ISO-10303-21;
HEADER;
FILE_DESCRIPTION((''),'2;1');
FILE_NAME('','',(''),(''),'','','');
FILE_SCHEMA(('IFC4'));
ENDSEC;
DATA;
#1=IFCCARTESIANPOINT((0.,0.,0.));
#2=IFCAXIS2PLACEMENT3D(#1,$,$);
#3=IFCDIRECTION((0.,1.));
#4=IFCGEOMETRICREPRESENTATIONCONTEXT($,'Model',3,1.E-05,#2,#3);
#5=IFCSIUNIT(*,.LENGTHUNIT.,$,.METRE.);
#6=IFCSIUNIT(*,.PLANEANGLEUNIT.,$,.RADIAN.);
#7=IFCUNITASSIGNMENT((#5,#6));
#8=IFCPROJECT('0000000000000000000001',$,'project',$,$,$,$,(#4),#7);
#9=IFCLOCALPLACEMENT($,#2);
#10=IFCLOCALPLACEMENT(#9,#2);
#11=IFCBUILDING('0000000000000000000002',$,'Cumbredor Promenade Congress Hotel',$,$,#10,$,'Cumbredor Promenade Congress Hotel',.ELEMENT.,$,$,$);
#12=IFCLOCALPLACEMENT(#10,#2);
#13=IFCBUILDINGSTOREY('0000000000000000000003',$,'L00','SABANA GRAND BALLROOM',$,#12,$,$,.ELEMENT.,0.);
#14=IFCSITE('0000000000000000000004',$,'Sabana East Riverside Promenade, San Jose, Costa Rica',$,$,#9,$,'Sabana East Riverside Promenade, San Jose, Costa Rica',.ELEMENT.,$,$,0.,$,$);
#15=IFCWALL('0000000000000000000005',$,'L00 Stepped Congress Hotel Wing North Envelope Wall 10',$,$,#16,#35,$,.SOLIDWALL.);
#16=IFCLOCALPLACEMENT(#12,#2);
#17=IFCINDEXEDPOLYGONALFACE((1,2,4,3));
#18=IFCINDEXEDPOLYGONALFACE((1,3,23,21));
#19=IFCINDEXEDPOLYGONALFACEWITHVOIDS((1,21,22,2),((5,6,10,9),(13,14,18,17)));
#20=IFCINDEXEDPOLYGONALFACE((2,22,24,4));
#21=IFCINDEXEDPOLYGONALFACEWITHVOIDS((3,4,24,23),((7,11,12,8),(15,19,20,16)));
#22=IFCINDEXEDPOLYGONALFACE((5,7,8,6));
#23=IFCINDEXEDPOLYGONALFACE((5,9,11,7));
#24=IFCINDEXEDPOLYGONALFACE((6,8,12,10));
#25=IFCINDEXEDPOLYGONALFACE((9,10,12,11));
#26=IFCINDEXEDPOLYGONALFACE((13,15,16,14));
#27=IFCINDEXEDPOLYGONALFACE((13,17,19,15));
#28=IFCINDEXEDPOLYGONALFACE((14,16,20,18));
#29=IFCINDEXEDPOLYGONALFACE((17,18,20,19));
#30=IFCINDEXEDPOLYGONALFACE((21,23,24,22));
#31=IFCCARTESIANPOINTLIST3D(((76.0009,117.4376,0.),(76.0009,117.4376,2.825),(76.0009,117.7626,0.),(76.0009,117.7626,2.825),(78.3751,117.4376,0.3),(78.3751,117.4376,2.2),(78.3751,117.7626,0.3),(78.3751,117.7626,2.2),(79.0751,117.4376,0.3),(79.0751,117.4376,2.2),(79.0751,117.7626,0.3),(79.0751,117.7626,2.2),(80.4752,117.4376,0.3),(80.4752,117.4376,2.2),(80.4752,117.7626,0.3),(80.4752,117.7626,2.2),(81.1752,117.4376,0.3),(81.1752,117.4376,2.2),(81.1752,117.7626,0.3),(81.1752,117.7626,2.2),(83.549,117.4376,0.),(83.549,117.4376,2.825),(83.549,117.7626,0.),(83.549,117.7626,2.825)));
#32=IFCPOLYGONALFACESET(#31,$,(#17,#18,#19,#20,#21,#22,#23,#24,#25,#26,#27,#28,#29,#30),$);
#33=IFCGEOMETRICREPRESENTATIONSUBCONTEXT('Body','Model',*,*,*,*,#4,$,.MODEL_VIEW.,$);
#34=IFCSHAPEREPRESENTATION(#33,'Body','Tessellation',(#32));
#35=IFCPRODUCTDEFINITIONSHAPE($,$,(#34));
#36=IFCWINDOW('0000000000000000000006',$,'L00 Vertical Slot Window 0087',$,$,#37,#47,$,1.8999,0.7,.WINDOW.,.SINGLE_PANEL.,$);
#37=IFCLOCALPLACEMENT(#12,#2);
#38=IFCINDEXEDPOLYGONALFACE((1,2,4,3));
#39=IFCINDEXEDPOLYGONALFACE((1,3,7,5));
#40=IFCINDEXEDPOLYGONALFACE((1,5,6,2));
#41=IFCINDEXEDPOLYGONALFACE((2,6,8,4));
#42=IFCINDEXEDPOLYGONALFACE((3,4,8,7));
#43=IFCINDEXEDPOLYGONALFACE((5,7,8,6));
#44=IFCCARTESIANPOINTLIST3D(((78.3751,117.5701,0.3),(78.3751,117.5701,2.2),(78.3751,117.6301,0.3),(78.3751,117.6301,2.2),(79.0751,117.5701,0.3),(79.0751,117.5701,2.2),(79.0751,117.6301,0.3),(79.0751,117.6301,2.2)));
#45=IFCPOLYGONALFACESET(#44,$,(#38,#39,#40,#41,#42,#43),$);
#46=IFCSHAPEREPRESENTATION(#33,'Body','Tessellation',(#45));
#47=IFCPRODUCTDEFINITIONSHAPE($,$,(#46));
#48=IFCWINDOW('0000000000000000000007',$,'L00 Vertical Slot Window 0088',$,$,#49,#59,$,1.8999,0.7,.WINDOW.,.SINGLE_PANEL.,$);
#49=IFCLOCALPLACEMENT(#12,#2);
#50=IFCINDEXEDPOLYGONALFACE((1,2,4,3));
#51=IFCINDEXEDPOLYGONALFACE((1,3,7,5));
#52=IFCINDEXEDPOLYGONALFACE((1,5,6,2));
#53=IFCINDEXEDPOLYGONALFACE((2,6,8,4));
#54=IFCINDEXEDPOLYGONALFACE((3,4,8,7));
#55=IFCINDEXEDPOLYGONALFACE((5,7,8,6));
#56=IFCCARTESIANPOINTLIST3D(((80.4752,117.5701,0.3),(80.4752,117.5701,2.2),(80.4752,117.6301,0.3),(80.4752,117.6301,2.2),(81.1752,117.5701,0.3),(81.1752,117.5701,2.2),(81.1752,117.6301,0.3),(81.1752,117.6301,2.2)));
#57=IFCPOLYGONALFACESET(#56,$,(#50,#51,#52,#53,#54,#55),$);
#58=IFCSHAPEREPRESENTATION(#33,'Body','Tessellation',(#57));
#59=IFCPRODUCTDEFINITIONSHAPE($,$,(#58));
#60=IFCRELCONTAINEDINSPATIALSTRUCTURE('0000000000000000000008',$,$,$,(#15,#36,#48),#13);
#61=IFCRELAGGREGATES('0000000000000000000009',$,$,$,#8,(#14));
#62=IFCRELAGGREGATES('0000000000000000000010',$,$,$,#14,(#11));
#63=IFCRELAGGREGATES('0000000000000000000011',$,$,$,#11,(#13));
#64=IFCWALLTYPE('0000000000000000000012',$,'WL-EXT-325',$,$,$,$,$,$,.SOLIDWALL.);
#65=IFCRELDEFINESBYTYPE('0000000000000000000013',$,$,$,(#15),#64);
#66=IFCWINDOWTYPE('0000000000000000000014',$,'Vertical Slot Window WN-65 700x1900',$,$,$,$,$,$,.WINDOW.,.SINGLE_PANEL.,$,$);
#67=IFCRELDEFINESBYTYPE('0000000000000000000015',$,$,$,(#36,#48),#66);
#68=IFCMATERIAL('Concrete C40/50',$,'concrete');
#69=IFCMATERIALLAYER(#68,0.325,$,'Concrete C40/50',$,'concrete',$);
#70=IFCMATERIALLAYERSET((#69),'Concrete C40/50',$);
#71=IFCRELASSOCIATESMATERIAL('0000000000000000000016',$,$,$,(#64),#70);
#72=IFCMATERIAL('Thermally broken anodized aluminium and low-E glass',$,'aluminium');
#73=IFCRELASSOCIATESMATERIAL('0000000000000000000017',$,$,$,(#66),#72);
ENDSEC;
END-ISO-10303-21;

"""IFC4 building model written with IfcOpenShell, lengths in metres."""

from ifc_helpers import new_model, si_unit, direction, frame, frame_2d, origin, place, context, subcontext, project, spatial, rectangle, extrude, material, layer, layer_set, type_object, element, fill, save


model = new_model("IFC4")

# Units and contexts
model_context = context("Model", 3, precision=1e-05, world=origin(), true_north=direction((0.0, 1.0)))
body_context = subcontext(model_context, "Body", "Model", "MODEL_VIEW")
ifc_project = project(units=[si_unit("LENGTHUNIT", "METRE"), si_unit("PLANEANGLEUNIT", "RADIAN")], contexts=[model_context])

# Site, building, storey
site_placement = place(None, origin())
site = spatial("IfcSite", under=ifc_project, at=site_placement, Name="Sabana East Riverside Promenade, San Jose, Costa Rica", LongName="Sabana East Riverside Promenade, San Jose, Costa Rica", CompositionType="ELEMENT", RefElevation=0.0)
building_placement = place(site_placement, origin())
building = spatial("IfcBuilding", under=site, at=building_placement, Name="Cumbredor Promenade Congress Hotel", LongName="Cumbredor Promenade Congress Hotel", CompositionType="ELEMENT")
storey_placement = place(building_placement, origin())
storey = spatial("IfcBuildingStorey", under=building, at=storey_placement, Name="L00", Description="SABANA GRAND BALLROOM", CompositionType="ELEMENT", Elevation=0.0)

# Shared definitions
ifc_material_1 = material(Name="Concrete C40/50", Category="concrete")

# Shared definitions
ifc_material_2 = material(Name="Thermally broken anodized aluminium and low-E glass", Category="aluminium")

# Wall, openings, windows
ifc_layer_1 = layer(ifc_material_1, 0.325, Name="Concrete C40/50", Category="concrete")
ifc_layer_set_1 = layer_set([ifc_layer_1], Name="Concrete C40/50")
wall_type_1 = type_object("IfcWallType", Name="WL-EXT-325", PredefinedType="SOLIDWALL", material=ifc_layer_set_1)
wall_1_placement = place(storey_placement, frame((76.001, 117.6001, 0.0), z_axis=(0.0, 0.0, 1.0), x_axis=(1.0, 0.0, 0.0)))
wall_1 = element("IfcWall", 1, at=wall_1_placement, inside=storey, type_object=wall_type_1, Name="L00 Stepped Congress Hotel Wing North Envelope Wall 10", PredefinedType="SOLIDWALL", context=body_context, shape_type="SweptSolid", body=[
    extrude(rectangle(XDim=7.5481, YDim=0.325, at=frame_2d((3.7739, 0.0))), origin(), (0.0, 0.0, 1.0), 2.825),
])
opening_1_placement = place(wall_1_placement, frame((2.374, 0.0, 0.3)))
opening_1 = element("IfcOpeningElement", 2, at=opening_1_placement, cuts=wall_1, PredefinedType="OPENING", context=body_context, shape_type="SweptSolid", body=[
    extrude(rectangle(XDim=0.7, YDim=1.8999, at=frame_2d((0.3501, 0.95))), frame((0.0, 0.1724, 0.0), z_axis=(0.0, -1.0, 0.0), x_axis=(1.0, 0.0, 0.0)), (0.0, 0.0, 1.0), 0.345),
])
opening_2_placement = place(wall_1_placement, frame((4.4741, 0.0, 0.3)))
opening_2 = element("IfcOpeningElement", 3, at=opening_2_placement, cuts=wall_1, PredefinedType="OPENING", context=body_context, shape_type="SweptSolid", body=[
    extrude(rectangle(XDim=0.7, YDim=1.8999, at=frame_2d((0.3501, 0.95))), frame((0.0, 0.1724, 0.0), z_axis=(0.0, -1.0, 0.0), x_axis=(1.0, 0.0, 0.0)), (0.0, 0.0, 1.0), 0.345),
])
window_type = type_object("IfcWindowType", Name="Vertical Slot Window WN-65 700x1900", PartitioningType="SINGLE_PANEL", PredefinedType="WINDOW", material=ifc_material_2)
window_1_placement = place(opening_1_placement, origin())
window_1 = element("IfcWindow", 4, at=window_1_placement, inside=storey, type_object=window_type, Name="L00 Vertical Slot Window 0087", OverallHeight=1.8999, OverallWidth=0.7, PartitioningType="SINGLE_PANEL", PredefinedType="WINDOW", context=body_context, shape_type="SweptSolid", body=[
    extrude(rectangle(XDim=0.7, YDim=1.8999, at=frame_2d((0.3501, 0.95))), frame((0.0, 0.03, 0.0), z_axis=(0.0, -1.0, 0.0), x_axis=(1.0, 0.0, 0.0)), (0.0, 0.0, 1.0), 0.0601),
])
fill(opening_1, window_1)
window_2_placement = place(opening_2_placement, origin())
window_2 = element("IfcWindow", 5, at=window_2_placement, inside=storey, type_object=window_type, Name="L00 Vertical Slot Window 0088", OverallHeight=1.8999, OverallWidth=0.7, PartitioningType="SINGLE_PANEL", PredefinedType="WINDOW", context=body_context, shape_type="SweptSolid", body=[
    extrude(rectangle(XDim=0.7, YDim=1.8999, at=frame_2d((0.3501, 0.95))), frame((0.0, 0.03, 0.0), z_axis=(0.0, -1.0, 0.0), x_axis=(1.0, 0.0, 0.0)), (0.0, 0.0, 1.0), 0.0601),
])
fill(opening_2, window_2)

save(model, "model.ifc")
